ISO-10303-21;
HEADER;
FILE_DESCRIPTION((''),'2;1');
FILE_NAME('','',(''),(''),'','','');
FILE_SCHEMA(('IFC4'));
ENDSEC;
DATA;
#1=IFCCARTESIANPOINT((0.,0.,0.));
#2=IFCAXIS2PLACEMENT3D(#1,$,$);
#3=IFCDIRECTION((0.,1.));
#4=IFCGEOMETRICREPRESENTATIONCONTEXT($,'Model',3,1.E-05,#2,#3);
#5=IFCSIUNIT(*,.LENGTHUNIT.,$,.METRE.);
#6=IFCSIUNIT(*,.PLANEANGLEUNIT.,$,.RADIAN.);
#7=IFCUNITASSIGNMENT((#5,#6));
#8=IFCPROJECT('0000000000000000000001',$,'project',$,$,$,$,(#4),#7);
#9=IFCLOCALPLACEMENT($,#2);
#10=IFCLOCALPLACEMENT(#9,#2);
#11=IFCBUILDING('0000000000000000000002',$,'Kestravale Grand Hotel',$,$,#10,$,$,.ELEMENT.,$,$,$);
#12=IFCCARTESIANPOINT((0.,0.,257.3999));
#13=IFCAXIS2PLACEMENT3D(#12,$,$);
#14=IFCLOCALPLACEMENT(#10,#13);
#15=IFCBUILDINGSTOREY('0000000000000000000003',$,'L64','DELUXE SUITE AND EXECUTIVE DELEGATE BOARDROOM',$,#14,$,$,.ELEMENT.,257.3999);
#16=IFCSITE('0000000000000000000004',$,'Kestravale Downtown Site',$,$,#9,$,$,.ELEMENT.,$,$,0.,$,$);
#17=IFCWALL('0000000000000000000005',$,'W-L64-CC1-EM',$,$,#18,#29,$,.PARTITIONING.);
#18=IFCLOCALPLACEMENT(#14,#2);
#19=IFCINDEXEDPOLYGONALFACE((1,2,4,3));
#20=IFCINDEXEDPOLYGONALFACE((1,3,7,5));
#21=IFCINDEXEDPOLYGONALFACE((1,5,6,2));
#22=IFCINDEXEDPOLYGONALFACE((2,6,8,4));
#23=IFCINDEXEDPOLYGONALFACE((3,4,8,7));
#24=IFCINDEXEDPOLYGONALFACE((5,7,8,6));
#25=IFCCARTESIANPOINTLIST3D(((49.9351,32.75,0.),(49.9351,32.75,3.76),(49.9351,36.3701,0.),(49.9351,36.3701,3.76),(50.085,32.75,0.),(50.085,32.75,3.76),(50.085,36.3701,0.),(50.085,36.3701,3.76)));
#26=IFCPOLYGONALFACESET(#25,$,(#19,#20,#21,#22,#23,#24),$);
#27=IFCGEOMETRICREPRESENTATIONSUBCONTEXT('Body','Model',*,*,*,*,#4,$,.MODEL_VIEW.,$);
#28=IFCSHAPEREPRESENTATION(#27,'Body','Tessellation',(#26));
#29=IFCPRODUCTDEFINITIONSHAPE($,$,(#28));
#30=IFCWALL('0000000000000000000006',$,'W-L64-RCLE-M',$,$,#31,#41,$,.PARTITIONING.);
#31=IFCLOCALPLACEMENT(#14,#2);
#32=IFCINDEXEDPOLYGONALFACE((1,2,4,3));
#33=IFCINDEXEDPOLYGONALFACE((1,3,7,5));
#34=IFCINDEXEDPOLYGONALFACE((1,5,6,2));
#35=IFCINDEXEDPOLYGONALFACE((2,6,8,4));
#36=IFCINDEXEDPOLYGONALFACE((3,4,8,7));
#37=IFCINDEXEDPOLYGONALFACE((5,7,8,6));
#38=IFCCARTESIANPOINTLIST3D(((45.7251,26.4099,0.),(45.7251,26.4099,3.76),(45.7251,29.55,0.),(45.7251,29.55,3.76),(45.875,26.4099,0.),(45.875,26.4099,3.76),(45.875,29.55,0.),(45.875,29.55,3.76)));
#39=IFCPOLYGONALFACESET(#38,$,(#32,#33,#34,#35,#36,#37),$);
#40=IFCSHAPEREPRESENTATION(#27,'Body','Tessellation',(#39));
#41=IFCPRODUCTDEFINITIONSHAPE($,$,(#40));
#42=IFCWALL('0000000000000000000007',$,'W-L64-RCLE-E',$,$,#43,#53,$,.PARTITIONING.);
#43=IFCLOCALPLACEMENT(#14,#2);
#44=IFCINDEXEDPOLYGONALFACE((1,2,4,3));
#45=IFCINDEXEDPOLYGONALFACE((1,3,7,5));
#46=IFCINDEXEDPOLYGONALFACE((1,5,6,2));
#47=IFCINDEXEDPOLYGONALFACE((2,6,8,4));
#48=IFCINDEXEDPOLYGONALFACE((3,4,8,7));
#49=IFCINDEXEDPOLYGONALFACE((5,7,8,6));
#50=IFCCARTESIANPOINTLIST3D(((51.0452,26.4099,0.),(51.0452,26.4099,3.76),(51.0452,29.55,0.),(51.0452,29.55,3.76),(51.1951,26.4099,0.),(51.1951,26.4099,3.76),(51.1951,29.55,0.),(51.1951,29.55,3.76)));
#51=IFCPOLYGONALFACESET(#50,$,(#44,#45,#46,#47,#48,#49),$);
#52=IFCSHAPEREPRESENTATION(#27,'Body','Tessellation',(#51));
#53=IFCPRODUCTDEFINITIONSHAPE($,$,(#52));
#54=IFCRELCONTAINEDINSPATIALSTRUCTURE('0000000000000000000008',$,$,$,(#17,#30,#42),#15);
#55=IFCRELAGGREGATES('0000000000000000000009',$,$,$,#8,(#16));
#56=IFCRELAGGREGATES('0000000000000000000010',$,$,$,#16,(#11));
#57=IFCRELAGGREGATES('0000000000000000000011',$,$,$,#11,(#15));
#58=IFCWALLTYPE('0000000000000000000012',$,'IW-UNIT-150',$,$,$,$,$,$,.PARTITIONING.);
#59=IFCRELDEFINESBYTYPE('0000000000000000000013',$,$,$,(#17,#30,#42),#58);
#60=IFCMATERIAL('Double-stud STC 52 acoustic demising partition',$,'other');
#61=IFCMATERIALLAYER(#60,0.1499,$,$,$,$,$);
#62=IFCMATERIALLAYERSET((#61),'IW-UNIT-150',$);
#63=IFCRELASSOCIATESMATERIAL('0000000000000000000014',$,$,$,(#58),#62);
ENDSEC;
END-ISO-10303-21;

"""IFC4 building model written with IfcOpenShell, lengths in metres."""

from ifc_helpers import new_model, si_unit, direction, frame, frame_2d, origin, place, context, subcontext, project, spatial, rectangle, extrude, material, layer, layer_set, type_object, element, save


model = new_model("IFC4")

# Units and contexts
model_context = context("Model", 3, precision=1e-05, world=origin(), true_north=direction((0.0, 1.0)))
body_context = subcontext(model_context, "Body", "Model", "MODEL_VIEW")
ifc_project = project(units=[si_unit("LENGTHUNIT", "METRE"), si_unit("PLANEANGLEUNIT", "RADIAN")], contexts=[model_context])

# Site, building, storey
site_placement = place(None, origin())
site = spatial("IfcSite", under=ifc_project, at=site_placement, Name="Kestravale Downtown Site", CompositionType="ELEMENT", RefElevation=0.0)
building_placement = place(site_placement, origin())
building = spatial("IfcBuilding", under=site, at=building_placement, Name="Kestravale Grand Hotel", CompositionType="ELEMENT")
storey_placement = place(building_placement, frame((0.0, 0.0, 257.3999)))
storey = spatial("IfcBuildingStorey", under=building, at=storey_placement, Name="L64", Description="DELUXE SUITE AND EXECUTIVE DELEGATE BOARDROOM", CompositionType="ELEMENT", Elevation=257.3999)

# Walls
ifc_material_1 = material(Name="Double-stud STC 52 acoustic demising partition", Category="other")
ifc_layer_1 = layer(ifc_material_1, 0.1499)
ifc_layer_set_1 = layer_set([ifc_layer_1], Name="IW-UNIT-150")
wall_type_1 = type_object("IfcWallType", Name="IW-UNIT-150", PredefinedType="PARTITIONING", material=ifc_layer_set_1)
for number, where, z_axis, x_axis, name in (
    (1, (50.01, 32.75, 0.0), (0.0, 0.0, 1.0), (0.0, 1.0, 0.0), "W-L64-CC1-EM"),
):
    element("IfcWall", number, at=place(storey_placement, frame(where, z_axis=z_axis, x_axis=x_axis)), inside=storey, type_object=wall_type_1, Name=name, PredefinedType="PARTITIONING", context=body_context, shape_type="SweptSolid", body=[
        extrude(rectangle(XDim=3.6201, YDim=0.1499, at=frame_2d((1.8101, 0.0))), origin(), (0.0, 0.0, 1.0), 3.76),
    ])
for number, where, z_axis, x_axis, name in (
    (2, (45.8, 26.4099, 0.0), (0.0, 0.0, 1.0), (0.0, 1.0, 0.0), "W-L64-RCLE-M"),
    (3, (51.1201, 26.4099, 0.0), (0.0, 0.0, 1.0), (0.0, 1.0, 0.0), "W-L64-RCLE-E"),
):
    element("IfcWall", number, at=place(storey_placement, frame(where, z_axis=z_axis, x_axis=x_axis)), inside=storey, type_object=wall_type_1, Name=name, PredefinedType="PARTITIONING", context=body_context, shape_type="SweptSolid", body=[
        extrude(rectangle(XDim=3.1401, YDim=0.1499, at=frame_2d((1.5701, 0.0))), origin(), (0.0, 0.0, 1.0), 3.76),
    ])

save(model, "model.ifc")
